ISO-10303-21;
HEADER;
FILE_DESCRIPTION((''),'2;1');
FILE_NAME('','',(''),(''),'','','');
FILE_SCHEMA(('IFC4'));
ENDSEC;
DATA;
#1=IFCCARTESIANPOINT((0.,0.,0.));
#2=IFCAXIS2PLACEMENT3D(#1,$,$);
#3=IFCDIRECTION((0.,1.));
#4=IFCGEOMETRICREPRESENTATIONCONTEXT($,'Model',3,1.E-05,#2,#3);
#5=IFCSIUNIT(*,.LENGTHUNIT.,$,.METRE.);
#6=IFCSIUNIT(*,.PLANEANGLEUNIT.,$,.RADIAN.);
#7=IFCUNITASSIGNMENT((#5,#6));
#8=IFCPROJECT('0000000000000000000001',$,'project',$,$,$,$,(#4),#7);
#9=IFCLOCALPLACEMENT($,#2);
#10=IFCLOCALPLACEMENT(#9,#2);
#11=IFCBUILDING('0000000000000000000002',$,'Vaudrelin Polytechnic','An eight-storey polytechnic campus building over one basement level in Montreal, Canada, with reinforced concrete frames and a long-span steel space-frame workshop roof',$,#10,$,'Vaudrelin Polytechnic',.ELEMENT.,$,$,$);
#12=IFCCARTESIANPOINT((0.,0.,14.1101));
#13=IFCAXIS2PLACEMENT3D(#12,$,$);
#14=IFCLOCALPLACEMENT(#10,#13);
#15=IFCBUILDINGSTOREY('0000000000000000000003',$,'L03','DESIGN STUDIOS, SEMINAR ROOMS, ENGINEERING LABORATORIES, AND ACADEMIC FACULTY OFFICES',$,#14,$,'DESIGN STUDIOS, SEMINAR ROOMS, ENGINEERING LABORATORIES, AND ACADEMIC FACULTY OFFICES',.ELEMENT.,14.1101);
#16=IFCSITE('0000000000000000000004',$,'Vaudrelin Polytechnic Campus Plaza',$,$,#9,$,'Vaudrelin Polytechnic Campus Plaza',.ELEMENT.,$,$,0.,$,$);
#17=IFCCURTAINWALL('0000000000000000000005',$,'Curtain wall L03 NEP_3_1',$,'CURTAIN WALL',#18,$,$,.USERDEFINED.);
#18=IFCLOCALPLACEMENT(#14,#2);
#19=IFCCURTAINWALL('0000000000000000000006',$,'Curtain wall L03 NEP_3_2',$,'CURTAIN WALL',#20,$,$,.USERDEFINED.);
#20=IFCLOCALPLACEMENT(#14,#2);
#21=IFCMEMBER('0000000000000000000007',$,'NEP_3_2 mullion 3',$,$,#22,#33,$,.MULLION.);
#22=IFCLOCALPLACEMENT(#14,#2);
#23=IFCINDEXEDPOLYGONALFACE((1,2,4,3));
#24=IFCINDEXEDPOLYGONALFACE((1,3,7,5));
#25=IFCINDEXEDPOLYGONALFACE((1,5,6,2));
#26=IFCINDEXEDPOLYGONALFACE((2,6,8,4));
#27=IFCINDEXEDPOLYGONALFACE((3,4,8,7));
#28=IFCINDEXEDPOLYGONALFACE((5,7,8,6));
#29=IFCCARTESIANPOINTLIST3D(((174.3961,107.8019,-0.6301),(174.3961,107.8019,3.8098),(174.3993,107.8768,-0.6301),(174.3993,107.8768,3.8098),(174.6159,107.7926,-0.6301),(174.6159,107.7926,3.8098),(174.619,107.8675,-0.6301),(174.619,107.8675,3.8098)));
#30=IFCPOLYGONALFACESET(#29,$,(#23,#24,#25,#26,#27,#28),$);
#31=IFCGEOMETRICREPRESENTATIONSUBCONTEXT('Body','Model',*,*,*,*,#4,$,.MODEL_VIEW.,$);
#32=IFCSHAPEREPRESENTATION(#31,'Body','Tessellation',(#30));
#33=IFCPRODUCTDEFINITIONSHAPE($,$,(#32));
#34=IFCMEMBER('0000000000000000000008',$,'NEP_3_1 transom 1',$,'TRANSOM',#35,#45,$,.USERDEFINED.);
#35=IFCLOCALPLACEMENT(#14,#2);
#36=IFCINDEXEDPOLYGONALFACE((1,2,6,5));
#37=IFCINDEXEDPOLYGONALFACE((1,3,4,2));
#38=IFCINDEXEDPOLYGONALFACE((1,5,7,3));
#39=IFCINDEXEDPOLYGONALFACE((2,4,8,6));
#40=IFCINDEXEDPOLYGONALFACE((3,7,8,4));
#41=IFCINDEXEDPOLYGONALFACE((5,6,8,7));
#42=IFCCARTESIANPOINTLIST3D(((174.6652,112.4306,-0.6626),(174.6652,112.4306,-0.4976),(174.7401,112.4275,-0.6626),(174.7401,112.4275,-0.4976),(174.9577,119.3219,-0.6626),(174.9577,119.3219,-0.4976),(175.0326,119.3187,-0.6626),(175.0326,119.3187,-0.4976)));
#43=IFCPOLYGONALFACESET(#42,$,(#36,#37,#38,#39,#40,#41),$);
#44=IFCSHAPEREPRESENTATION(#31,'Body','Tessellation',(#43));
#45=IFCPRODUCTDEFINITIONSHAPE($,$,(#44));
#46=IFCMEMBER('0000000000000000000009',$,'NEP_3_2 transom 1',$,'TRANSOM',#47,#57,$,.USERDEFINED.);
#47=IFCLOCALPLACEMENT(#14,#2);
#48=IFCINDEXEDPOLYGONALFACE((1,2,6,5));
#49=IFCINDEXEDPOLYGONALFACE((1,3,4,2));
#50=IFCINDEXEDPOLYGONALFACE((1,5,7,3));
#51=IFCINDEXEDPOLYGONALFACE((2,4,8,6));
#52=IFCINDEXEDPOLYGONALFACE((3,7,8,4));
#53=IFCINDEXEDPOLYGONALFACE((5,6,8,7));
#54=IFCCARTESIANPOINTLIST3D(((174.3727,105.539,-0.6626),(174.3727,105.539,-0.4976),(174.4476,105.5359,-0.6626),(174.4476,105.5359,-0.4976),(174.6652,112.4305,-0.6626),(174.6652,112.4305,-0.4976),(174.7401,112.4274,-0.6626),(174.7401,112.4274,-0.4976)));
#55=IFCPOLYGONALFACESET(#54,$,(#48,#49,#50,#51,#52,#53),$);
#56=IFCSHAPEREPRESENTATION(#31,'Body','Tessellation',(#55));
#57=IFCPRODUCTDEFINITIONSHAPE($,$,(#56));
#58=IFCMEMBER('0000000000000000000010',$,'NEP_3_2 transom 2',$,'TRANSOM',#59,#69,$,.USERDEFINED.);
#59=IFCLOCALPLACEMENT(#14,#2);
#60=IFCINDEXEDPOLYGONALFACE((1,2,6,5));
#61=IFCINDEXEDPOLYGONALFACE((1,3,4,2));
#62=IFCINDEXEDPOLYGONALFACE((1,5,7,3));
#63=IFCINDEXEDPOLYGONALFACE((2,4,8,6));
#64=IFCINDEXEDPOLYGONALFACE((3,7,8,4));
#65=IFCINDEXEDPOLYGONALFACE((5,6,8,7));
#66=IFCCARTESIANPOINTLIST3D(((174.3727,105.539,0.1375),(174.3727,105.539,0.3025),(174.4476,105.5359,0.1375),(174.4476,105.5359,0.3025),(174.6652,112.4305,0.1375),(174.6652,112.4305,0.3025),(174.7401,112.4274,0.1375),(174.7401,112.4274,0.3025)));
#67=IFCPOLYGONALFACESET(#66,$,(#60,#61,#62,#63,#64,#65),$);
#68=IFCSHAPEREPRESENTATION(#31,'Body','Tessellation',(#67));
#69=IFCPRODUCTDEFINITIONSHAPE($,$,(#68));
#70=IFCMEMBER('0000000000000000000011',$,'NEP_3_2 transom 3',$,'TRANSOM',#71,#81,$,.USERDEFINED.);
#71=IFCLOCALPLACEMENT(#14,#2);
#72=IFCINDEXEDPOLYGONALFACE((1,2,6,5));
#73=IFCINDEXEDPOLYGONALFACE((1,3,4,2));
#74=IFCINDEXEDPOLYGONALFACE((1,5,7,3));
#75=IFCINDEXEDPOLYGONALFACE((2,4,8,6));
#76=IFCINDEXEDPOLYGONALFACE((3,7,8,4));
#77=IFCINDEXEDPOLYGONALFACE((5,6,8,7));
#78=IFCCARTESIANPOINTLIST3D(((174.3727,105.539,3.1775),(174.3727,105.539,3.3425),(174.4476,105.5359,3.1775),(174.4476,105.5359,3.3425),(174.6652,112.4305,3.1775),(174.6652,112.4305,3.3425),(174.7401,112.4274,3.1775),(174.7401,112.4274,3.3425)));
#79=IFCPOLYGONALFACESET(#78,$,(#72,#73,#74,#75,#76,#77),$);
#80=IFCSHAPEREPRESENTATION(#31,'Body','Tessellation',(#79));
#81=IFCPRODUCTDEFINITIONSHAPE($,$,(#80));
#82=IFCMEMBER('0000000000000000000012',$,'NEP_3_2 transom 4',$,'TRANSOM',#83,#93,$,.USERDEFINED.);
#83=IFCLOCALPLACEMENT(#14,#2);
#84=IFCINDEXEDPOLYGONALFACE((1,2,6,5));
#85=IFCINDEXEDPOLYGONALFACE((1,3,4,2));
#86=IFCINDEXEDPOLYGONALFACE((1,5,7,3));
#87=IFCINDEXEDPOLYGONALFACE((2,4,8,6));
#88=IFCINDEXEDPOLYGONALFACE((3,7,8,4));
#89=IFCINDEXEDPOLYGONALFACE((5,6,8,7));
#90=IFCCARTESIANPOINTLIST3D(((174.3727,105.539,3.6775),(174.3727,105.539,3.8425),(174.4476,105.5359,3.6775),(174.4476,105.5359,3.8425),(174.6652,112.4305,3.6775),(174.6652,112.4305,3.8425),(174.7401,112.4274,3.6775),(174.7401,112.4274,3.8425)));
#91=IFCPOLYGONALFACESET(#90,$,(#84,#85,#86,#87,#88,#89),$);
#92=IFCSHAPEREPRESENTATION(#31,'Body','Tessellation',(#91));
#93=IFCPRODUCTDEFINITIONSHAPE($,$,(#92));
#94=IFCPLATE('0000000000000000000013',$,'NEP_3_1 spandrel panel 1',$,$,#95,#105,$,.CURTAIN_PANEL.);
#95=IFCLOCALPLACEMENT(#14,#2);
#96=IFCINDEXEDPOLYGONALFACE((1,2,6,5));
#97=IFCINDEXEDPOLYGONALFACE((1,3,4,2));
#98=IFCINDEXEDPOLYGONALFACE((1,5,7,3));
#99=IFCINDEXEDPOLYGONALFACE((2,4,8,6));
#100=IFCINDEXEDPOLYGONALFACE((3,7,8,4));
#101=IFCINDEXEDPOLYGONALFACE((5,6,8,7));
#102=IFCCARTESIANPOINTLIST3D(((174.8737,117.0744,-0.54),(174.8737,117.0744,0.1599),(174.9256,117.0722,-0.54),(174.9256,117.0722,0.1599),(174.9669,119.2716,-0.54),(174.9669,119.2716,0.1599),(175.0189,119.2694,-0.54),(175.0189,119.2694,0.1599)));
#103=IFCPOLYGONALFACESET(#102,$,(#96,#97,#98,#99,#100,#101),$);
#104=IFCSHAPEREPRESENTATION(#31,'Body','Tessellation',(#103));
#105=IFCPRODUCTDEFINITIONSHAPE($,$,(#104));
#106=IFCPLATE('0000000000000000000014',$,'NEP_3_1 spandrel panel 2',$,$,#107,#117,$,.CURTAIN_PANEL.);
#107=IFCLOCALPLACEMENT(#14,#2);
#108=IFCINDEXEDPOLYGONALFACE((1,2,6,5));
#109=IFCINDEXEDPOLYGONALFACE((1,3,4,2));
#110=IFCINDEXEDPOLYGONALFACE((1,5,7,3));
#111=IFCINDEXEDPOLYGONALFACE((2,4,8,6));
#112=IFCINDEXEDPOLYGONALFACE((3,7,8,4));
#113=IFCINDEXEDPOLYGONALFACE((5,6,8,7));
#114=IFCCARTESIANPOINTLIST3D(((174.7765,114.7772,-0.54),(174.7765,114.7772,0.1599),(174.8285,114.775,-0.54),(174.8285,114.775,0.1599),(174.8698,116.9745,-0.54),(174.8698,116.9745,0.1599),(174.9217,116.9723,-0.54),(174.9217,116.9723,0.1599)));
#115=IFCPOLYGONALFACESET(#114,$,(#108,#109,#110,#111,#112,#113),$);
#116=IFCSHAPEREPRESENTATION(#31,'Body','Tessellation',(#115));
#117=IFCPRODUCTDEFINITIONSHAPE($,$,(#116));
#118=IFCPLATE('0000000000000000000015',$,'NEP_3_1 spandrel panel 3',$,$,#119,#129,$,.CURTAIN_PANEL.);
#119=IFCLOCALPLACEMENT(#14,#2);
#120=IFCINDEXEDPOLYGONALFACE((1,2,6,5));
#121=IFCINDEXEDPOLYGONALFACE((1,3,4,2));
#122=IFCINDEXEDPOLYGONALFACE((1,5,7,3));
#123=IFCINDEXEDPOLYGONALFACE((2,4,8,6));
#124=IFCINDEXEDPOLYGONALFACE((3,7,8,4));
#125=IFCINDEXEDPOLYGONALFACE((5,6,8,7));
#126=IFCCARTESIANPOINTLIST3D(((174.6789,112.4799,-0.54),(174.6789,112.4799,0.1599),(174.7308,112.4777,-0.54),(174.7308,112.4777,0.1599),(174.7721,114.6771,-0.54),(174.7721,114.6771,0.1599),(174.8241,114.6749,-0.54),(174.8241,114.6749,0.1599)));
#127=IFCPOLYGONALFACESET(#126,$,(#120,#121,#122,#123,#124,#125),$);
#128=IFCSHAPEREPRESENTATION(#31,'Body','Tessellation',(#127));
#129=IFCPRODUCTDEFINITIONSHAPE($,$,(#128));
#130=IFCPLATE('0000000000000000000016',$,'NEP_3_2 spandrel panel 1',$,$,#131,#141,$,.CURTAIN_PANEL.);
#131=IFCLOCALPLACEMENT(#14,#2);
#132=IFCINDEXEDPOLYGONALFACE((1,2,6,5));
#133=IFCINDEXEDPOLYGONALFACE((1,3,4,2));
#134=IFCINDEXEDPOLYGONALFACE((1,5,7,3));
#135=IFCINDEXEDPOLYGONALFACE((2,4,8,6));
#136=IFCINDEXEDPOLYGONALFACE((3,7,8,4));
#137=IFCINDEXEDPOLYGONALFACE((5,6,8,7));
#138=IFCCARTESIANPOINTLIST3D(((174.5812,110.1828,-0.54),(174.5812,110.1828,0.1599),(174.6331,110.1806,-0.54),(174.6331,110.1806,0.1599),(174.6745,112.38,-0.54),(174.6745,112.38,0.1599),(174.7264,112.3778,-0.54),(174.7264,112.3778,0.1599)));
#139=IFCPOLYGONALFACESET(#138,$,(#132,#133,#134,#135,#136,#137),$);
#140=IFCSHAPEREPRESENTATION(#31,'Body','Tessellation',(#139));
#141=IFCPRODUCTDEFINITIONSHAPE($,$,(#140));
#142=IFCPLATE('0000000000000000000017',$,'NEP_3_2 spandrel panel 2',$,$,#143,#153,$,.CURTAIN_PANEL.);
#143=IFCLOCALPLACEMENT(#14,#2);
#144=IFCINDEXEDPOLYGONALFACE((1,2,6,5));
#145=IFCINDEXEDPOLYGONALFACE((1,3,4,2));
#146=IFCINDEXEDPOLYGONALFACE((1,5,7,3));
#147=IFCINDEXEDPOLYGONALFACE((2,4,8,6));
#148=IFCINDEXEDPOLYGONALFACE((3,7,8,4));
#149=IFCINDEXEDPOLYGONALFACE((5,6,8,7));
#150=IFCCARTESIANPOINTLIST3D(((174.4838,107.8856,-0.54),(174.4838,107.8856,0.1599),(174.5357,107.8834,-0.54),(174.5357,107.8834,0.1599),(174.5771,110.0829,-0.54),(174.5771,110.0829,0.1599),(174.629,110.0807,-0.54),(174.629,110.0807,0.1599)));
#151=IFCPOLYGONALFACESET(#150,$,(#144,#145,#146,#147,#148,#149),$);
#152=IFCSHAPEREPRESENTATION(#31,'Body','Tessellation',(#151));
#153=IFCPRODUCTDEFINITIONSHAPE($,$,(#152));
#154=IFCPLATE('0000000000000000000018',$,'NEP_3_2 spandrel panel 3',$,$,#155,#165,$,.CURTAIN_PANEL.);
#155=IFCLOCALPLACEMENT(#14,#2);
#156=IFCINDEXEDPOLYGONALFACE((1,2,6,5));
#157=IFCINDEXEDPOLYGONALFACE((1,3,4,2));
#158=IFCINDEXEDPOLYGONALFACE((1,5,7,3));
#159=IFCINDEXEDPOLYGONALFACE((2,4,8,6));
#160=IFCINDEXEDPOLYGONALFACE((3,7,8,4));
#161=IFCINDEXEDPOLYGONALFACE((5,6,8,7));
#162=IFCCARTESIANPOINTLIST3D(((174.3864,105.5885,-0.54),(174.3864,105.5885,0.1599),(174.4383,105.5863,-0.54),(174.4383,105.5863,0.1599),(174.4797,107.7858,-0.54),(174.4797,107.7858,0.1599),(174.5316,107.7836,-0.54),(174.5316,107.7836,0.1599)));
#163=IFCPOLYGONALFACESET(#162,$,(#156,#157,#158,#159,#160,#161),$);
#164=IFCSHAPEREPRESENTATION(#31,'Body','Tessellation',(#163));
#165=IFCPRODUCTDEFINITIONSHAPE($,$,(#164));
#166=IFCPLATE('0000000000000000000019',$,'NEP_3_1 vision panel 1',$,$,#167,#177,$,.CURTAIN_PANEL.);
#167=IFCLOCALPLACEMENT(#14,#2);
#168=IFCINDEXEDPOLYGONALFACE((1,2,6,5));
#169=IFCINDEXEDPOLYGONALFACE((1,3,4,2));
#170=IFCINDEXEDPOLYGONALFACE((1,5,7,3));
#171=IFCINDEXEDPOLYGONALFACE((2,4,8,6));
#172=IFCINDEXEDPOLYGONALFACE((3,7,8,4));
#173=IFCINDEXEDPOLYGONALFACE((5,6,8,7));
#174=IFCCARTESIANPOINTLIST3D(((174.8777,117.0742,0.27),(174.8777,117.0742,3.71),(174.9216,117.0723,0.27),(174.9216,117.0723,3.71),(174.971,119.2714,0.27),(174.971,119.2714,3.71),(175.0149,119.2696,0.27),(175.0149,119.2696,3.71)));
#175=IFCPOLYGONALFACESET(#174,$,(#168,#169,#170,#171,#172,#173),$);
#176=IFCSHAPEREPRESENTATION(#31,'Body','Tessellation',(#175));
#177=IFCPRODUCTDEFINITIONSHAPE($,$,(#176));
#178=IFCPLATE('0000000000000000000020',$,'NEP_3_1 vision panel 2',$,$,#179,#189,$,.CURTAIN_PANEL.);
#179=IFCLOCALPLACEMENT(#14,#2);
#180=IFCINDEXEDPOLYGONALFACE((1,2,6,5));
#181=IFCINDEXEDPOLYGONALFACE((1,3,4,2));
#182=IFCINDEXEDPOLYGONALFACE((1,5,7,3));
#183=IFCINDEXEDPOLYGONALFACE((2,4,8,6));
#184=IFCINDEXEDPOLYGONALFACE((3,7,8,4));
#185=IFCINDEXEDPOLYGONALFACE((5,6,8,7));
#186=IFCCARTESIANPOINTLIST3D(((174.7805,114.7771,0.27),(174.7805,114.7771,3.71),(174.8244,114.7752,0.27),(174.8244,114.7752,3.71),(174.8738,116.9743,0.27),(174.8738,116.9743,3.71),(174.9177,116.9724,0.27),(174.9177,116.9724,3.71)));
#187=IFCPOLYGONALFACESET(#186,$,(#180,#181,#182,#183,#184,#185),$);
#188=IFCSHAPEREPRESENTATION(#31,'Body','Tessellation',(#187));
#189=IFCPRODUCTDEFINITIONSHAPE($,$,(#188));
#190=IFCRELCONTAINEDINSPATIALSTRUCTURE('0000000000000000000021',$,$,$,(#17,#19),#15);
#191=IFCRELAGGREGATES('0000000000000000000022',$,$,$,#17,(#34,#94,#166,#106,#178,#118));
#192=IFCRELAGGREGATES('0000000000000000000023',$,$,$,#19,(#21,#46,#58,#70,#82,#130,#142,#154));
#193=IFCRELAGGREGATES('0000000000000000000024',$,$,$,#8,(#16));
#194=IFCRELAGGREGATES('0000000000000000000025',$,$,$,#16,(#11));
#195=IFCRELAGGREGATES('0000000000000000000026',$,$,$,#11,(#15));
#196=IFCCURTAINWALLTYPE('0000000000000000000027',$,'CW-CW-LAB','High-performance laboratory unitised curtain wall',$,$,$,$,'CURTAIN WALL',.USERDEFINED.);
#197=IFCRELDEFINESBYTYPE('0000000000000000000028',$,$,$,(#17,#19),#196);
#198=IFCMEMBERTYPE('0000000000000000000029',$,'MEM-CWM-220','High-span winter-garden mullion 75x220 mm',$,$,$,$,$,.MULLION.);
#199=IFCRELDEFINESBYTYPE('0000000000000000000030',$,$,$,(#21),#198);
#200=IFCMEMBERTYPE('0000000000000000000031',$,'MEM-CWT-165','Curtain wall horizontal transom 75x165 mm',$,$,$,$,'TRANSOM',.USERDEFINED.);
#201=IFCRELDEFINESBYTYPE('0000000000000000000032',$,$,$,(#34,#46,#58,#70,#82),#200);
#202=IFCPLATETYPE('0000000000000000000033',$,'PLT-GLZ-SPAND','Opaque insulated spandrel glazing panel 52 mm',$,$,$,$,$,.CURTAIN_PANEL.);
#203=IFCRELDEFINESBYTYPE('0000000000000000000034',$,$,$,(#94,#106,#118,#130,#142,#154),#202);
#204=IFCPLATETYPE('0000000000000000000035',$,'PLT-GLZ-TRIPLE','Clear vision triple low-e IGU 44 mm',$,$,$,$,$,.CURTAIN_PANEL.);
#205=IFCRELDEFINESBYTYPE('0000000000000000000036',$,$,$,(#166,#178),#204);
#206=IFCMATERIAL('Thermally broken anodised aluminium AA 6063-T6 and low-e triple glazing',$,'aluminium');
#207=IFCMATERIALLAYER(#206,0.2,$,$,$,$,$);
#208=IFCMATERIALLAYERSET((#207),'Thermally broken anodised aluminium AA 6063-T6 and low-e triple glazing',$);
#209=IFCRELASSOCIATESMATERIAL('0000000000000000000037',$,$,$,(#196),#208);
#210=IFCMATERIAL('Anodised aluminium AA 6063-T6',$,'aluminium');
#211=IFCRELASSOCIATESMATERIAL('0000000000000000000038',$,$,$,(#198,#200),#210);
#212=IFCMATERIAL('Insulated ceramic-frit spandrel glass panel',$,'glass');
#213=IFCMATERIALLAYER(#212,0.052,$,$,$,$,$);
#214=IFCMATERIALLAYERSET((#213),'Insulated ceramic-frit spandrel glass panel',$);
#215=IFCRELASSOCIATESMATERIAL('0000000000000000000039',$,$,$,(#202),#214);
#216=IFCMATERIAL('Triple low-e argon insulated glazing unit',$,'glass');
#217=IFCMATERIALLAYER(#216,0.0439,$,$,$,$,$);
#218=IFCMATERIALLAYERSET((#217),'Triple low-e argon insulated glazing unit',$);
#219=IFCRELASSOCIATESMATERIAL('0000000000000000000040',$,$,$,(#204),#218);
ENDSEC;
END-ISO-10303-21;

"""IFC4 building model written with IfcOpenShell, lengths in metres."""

from ifc_helpers import new_model, si_unit, direction, frame, origin, origin_2d, place, context, subcontext, project, spatial, rectangle, extrude, material, layer, layer_set, material_profile, profile_set, type_object, element, aggregate, save


model = new_model("IFC4")

# Units and contexts
model_context = context("Model", 3, precision=1e-05, world=origin(), true_north=direction((0.0, 1.0)))
body_context = subcontext(model_context, "Body", "Model", "MODEL_VIEW")
ifc_project = project(units=[si_unit("LENGTHUNIT", "METRE"), si_unit("PLANEANGLEUNIT", "RADIAN")], contexts=[model_context])

# Site, building, storey
site_placement = place(None, origin())
site = spatial("IfcSite", under=ifc_project, at=site_placement, Name="Vaudrelin Polytechnic Campus Plaza", LongName="Vaudrelin Polytechnic Campus Plaza", CompositionType="ELEMENT", RefElevation=0.0)
building_placement = place(site_placement, origin())
building = spatial("IfcBuilding", under=site, at=building_placement, Name="Vaudrelin Polytechnic", Description="An eight-storey polytechnic campus building over one basement level in Montreal, Canada, with reinforced concrete frames and a long-span steel space-frame workshop roof", LongName="Vaudrelin Polytechnic", CompositionType="ELEMENT")
storey_placement = place(building_placement, frame((0.0, 0.0, 14.1101)))
storey = spatial("IfcBuildingStorey", under=building, at=storey_placement, Name="L03", Description="DESIGN STUDIOS, SEMINAR ROOMS, ENGINEERING LABORATORIES, AND ACADEMIC FACULTY OFFICES", LongName="DESIGN STUDIOS, SEMINAR ROOMS, ENGINEERING LABORATORIES, AND ACADEMIC FACULTY OFFICES", CompositionType="ELEMENT", Elevation=14.1101)

# Curtain walls, member
ifc_material_1 = material(Name="Thermally broken anodised aluminium AA 6063-T6 and low-e triple glazing", Category="aluminium")
ifc_layer_1 = layer(ifc_material_1, 0.2)
ifc_layer_set_1 = layer_set([ifc_layer_1], Name="Thermally broken anodised aluminium AA 6063-T6 and low-e triple glazing")
curtain_wall_type = type_object("IfcCurtainWallType", Name="CW-CW-LAB", Description="High-performance laboratory unitised curtain wall", ElementType="CURTAIN WALL", PredefinedType="USERDEFINED", material=ifc_layer_set_1)
curtain_wall_1_placement = place(storey_placement, origin())
curtain_wall_1 = element("IfcCurtainWall", 1, at=curtain_wall_1_placement, inside=storey, type_object=curtain_wall_type, Name="Curtain wall L03 NEP_3_1", ObjectType="CURTAIN WALL", PredefinedType="USERDEFINED")
ifc_material_2 = material(Name="Anodised aluminium AA 6063-T6", Category="aluminium")
ifc_material_profile_1 = material_profile(ifc_material_2, rectangle(XDim=0.075, YDim=0.22, at=origin_2d()), Name="CWM-75x220")
ifc_profile_set_1 = profile_set([ifc_material_profile_1], Name="Anodised aluminium AA 6063-T6")
member_type_1 = type_object("IfcMemberType", Name="MEM-CWM-220", Description="High-span winter-garden mullion 75x220 mm", PredefinedType="MULLION", material=ifc_profile_set_1)
curtain_wall_2_placement = place(storey_placement, origin())
curtain_wall_2 = element("IfcCurtainWall", 2, at=curtain_wall_2_placement, inside=storey, type_object=curtain_wall_type, Name="Curtain wall L03 NEP_3_2", ObjectType="CURTAIN WALL", PredefinedType="USERDEFINED")
member_1_placement = place(storey_placement, frame((174.5076, 107.8347, -0.6301), z_axis=(0.0, 0.0, 1.0), x_axis=(-0.04242, -0.9991, 0.0)))
member_1 = element("IfcMember", 3, at=member_1_placement, type_object=member_type_1, Name="NEP_3_2 mullion 3", PredefinedType="MULLION", context=body_context, shape_type="SweptSolid", body=[
    extrude(rectangle(XDim=0.075, YDim=0.22, at=origin_2d()), origin(), (0.0, 0.0, 1.0), 4.4399),
])

# Members
ifc_material_profile_2 = material_profile(ifc_material_2, rectangle(XDim=0.075, YDim=0.165, at=origin_2d()), Name="CWT-75x165")
ifc_profile_set_2 = profile_set([ifc_material_profile_2], Name="Anodised aluminium AA 6063-T6")
member_type_2 = type_object("IfcMemberType", Name="MEM-CWT-165", Description="Curtain wall horizontal transom 75x165 mm", ElementType="TRANSOM", PredefinedType="USERDEFINED", material=ifc_profile_set_2)
member_2_placement = place(storey_placement, frame((174.9951, 119.3203, -0.5801), z_axis=(-0.042403, -0.999101, 0.0), x_axis=(0.999101, -0.042403, 0.0)))
member_2 = element("IfcMember", 4, at=member_2_placement, type_object=member_type_2, Name="NEP_3_1 transom 1", ObjectType="TRANSOM", PredefinedType="USERDEFINED", context=body_context, shape_type="SweptSolid", body=[
    extrude(rectangle(XDim=0.075, YDim=0.165, at=origin_2d()), origin(), (0.0, 0.0, 1.0), 6.8975),
])
member_3_placement = place(storey_placement, frame((174.7026, 112.429, -0.5801), z_axis=(-0.042402, -0.999101, 0.0), x_axis=(0.999101, -0.042402, 0.0)))
member_3 = element("IfcMember", 5, at=member_3_placement, type_object=member_type_2, Name="NEP_3_2 transom 1", ObjectType="TRANSOM", PredefinedType="USERDEFINED", context=body_context, shape_type="SweptSolid", body=[
    extrude(rectangle(XDim=0.075, YDim=0.165, at=origin_2d()), origin(), (0.0, 0.0, 1.0), 6.8977),
])
member_4_placement = place(storey_placement, frame((174.7026, 112.429, 0.22), z_axis=(-0.042402, -0.999101, 0.0), x_axis=(0.999101, -0.042402, 0.0)))
member_4 = element("IfcMember", 6, at=member_4_placement, type_object=member_type_2, Name="NEP_3_2 transom 2", ObjectType="TRANSOM", PredefinedType="USERDEFINED", context=body_context, shape_type="SweptSolid", body=[
    extrude(rectangle(XDim=0.075, YDim=0.165, at=origin_2d()), origin(), (0.0, 0.0, 1.0), 6.8977),
])
member_5_placement = place(storey_placement, frame((174.7026, 112.429, 3.26), z_axis=(-0.042402, -0.999101, 0.0), x_axis=(0.999101, -0.042402, 0.0)))
member_5 = element("IfcMember", 7, at=member_5_placement, type_object=member_type_2, Name="NEP_3_2 transom 3", ObjectType="TRANSOM", PredefinedType="USERDEFINED", context=body_context, shape_type="SweptSolid", body=[
    extrude(rectangle(XDim=0.075, YDim=0.165, at=origin_2d()), origin(), (0.0, 0.0, 1.0), 6.8977),
])
member_6_placement = place(storey_placement, frame((174.7026, 112.429, 3.76), z_axis=(-0.042402, -0.999101, 0.0), x_axis=(0.999101, -0.042402, 0.0)))
member_6 = element("IfcMember", 8, at=member_6_placement, type_object=member_type_2, Name="NEP_3_2 transom 4", ObjectType="TRANSOM", PredefinedType="USERDEFINED", context=body_context, shape_type="SweptSolid", body=[
    extrude(rectangle(XDim=0.075, YDim=0.165, at=origin_2d()), origin(), (0.0, 0.0, 1.0), 6.8977),
])

# Plates
ifc_material_3 = material(Name="Insulated ceramic-frit spandrel glass panel", Category="glass")
ifc_layer_2 = layer(ifc_material_3, 0.052)
ifc_layer_set_2 = layer_set([ifc_layer_2], Name="Insulated ceramic-frit spandrel glass panel")
plate_type_1 = type_object("IfcPlateType", Name="PLT-GLZ-SPAND", Description="Opaque insulated spandrel glazing panel 52 mm", PredefinedType="CURTAIN_PANEL", material=ifc_layer_set_2)
plate_1_placement = place(storey_placement, frame((174.9463, 118.1719, -0.54), z_axis=(0.0, 0.0, 1.0), x_axis=(-0.042405, -0.9991, 0.0)))
plate_1 = element("IfcPlate", 9, at=plate_1_placement, type_object=plate_type_1, Name="NEP_3_1 spandrel panel 1", PredefinedType="CURTAIN_PANEL", context=body_context, shape_type="SweptSolid", body=[
    extrude(rectangle(XDim=2.1992, YDim=0.052, at=origin_2d()), origin(), (0.0, 0.0, 1.0), 0.7),
])
plate_2_placement = place(storey_placement, frame((174.8491, 115.8748, -0.54), z_axis=(0.0, 0.0, 1.0), x_axis=(-0.042405, -0.9991, 0.0)))
plate_2 = element("IfcPlate", 10, at=plate_2_placement, type_object=plate_type_1, Name="NEP_3_1 spandrel panel 2", PredefinedType="CURTAIN_PANEL", context=body_context, shape_type="SweptSolid", body=[
    extrude(rectangle(XDim=2.1992, YDim=0.052, at=origin_2d()), origin(), (0.0, 0.0, 1.0), 0.7),
])
plate_3_placement = place(storey_placement, frame((174.7515, 113.5774, -0.54), z_axis=(0.0, 0.0, 1.0), x_axis=(-0.042405, -0.9991, 0.0)))
plate_3 = element("IfcPlate", 11, at=plate_3_placement, type_object=plate_type_1, Name="NEP_3_1 spandrel panel 3", PredefinedType="CURTAIN_PANEL", context=body_context, shape_type="SweptSolid", body=[
    extrude(rectangle(XDim=2.1992, YDim=0.052, at=origin_2d()), origin(), (0.0, 0.0, 1.0), 0.7),
])
plate_4_placement = place(storey_placement, frame((174.6538, 111.2803, -0.54), z_axis=(0.0, 0.0, 1.0), x_axis=(-0.04242, -0.9991, 0.0)))
plate_4 = element("IfcPlate", 12, at=plate_4_placement, type_object=plate_type_1, Name="NEP_3_2 spandrel panel 1", PredefinedType="CURTAIN_PANEL", context=body_context, shape_type="SweptSolid", body=[
    extrude(rectangle(XDim=2.1992, YDim=0.052, at=origin_2d()), origin(), (0.0, 0.0, 1.0), 0.7),
])
plate_5_placement = place(storey_placement, frame((174.5564, 108.9832, -0.54), z_axis=(0.0, 0.0, 1.0), x_axis=(-0.04242, -0.9991, 0.0)))
plate_5 = element("IfcPlate", 13, at=plate_5_placement, type_object=plate_type_1, Name="NEP_3_2 spandrel panel 2", PredefinedType="CURTAIN_PANEL", context=body_context, shape_type="SweptSolid", body=[
    extrude(rectangle(XDim=2.1992, YDim=0.052, at=origin_2d()), origin(), (0.0, 0.0, 1.0), 0.7),
])
plate_6_placement = place(storey_placement, frame((174.459, 106.686, -0.54), z_axis=(0.0, 0.0, 1.0), x_axis=(-0.04242, -0.9991, 0.0)))
plate_6 = element("IfcPlate", 14, at=plate_6_placement, type_object=plate_type_1, Name="NEP_3_2 spandrel panel 3", PredefinedType="CURTAIN_PANEL", context=body_context, shape_type="SweptSolid", body=[
    extrude(rectangle(XDim=2.1992, YDim=0.052, at=origin_2d()), origin(), (0.0, 0.0, 1.0), 0.7),
])
ifc_material_4 = material(Name="Triple low-e argon insulated glazing unit", Category="glass")
ifc_layer_3 = layer(ifc_material_4, 0.0439)
ifc_layer_set_3 = layer_set([ifc_layer_3], Name="Triple low-e argon insulated glazing unit")
plate_type_2 = type_object("IfcPlateType", Name="PLT-GLZ-TRIPLE", Description="Clear vision triple low-e IGU 44 mm", PredefinedType="CURTAIN_PANEL", material=ifc_layer_set_3)
plate_7_placement = place(storey_placement, frame((174.9463, 118.1719, 0.27), z_axis=(0.0, 0.0, 1.0), x_axis=(-0.042405, -0.9991, 0.0)))
plate_7 = element("IfcPlate", 15, at=plate_7_placement, type_object=plate_type_2, Name="NEP_3_1 vision panel 1", PredefinedType="CURTAIN_PANEL", context=body_context, shape_type="SweptSolid", body=[
    extrude(rectangle(XDim=2.1992, YDim=0.0439, at=origin_2d()), origin(), (0.0, 0.0, 1.0), 3.4399),
])
plate_8_placement = place(storey_placement, frame((174.8491, 115.8748, 0.27), z_axis=(0.0, 0.0, 1.0), x_axis=(-0.042405, -0.9991, 0.0)))
plate_8 = element("IfcPlate", 16, at=plate_8_placement, type_object=plate_type_2, Name="NEP_3_1 vision panel 2", PredefinedType="CURTAIN_PANEL", context=body_context, shape_type="SweptSolid", body=[
    extrude(rectangle(XDim=2.1992, YDim=0.0439, at=origin_2d()), origin(), (0.0, 0.0, 1.0), 3.4399),
])
aggregate(curtain_wall_1, [member_2, plate_1, plate_7, plate_2, plate_8, plate_3])
aggregate(curtain_wall_2, [member_1, member_3, member_4, member_5, member_6, plate_4, plate_5, plate_6])

save(model, "model.ifc")
